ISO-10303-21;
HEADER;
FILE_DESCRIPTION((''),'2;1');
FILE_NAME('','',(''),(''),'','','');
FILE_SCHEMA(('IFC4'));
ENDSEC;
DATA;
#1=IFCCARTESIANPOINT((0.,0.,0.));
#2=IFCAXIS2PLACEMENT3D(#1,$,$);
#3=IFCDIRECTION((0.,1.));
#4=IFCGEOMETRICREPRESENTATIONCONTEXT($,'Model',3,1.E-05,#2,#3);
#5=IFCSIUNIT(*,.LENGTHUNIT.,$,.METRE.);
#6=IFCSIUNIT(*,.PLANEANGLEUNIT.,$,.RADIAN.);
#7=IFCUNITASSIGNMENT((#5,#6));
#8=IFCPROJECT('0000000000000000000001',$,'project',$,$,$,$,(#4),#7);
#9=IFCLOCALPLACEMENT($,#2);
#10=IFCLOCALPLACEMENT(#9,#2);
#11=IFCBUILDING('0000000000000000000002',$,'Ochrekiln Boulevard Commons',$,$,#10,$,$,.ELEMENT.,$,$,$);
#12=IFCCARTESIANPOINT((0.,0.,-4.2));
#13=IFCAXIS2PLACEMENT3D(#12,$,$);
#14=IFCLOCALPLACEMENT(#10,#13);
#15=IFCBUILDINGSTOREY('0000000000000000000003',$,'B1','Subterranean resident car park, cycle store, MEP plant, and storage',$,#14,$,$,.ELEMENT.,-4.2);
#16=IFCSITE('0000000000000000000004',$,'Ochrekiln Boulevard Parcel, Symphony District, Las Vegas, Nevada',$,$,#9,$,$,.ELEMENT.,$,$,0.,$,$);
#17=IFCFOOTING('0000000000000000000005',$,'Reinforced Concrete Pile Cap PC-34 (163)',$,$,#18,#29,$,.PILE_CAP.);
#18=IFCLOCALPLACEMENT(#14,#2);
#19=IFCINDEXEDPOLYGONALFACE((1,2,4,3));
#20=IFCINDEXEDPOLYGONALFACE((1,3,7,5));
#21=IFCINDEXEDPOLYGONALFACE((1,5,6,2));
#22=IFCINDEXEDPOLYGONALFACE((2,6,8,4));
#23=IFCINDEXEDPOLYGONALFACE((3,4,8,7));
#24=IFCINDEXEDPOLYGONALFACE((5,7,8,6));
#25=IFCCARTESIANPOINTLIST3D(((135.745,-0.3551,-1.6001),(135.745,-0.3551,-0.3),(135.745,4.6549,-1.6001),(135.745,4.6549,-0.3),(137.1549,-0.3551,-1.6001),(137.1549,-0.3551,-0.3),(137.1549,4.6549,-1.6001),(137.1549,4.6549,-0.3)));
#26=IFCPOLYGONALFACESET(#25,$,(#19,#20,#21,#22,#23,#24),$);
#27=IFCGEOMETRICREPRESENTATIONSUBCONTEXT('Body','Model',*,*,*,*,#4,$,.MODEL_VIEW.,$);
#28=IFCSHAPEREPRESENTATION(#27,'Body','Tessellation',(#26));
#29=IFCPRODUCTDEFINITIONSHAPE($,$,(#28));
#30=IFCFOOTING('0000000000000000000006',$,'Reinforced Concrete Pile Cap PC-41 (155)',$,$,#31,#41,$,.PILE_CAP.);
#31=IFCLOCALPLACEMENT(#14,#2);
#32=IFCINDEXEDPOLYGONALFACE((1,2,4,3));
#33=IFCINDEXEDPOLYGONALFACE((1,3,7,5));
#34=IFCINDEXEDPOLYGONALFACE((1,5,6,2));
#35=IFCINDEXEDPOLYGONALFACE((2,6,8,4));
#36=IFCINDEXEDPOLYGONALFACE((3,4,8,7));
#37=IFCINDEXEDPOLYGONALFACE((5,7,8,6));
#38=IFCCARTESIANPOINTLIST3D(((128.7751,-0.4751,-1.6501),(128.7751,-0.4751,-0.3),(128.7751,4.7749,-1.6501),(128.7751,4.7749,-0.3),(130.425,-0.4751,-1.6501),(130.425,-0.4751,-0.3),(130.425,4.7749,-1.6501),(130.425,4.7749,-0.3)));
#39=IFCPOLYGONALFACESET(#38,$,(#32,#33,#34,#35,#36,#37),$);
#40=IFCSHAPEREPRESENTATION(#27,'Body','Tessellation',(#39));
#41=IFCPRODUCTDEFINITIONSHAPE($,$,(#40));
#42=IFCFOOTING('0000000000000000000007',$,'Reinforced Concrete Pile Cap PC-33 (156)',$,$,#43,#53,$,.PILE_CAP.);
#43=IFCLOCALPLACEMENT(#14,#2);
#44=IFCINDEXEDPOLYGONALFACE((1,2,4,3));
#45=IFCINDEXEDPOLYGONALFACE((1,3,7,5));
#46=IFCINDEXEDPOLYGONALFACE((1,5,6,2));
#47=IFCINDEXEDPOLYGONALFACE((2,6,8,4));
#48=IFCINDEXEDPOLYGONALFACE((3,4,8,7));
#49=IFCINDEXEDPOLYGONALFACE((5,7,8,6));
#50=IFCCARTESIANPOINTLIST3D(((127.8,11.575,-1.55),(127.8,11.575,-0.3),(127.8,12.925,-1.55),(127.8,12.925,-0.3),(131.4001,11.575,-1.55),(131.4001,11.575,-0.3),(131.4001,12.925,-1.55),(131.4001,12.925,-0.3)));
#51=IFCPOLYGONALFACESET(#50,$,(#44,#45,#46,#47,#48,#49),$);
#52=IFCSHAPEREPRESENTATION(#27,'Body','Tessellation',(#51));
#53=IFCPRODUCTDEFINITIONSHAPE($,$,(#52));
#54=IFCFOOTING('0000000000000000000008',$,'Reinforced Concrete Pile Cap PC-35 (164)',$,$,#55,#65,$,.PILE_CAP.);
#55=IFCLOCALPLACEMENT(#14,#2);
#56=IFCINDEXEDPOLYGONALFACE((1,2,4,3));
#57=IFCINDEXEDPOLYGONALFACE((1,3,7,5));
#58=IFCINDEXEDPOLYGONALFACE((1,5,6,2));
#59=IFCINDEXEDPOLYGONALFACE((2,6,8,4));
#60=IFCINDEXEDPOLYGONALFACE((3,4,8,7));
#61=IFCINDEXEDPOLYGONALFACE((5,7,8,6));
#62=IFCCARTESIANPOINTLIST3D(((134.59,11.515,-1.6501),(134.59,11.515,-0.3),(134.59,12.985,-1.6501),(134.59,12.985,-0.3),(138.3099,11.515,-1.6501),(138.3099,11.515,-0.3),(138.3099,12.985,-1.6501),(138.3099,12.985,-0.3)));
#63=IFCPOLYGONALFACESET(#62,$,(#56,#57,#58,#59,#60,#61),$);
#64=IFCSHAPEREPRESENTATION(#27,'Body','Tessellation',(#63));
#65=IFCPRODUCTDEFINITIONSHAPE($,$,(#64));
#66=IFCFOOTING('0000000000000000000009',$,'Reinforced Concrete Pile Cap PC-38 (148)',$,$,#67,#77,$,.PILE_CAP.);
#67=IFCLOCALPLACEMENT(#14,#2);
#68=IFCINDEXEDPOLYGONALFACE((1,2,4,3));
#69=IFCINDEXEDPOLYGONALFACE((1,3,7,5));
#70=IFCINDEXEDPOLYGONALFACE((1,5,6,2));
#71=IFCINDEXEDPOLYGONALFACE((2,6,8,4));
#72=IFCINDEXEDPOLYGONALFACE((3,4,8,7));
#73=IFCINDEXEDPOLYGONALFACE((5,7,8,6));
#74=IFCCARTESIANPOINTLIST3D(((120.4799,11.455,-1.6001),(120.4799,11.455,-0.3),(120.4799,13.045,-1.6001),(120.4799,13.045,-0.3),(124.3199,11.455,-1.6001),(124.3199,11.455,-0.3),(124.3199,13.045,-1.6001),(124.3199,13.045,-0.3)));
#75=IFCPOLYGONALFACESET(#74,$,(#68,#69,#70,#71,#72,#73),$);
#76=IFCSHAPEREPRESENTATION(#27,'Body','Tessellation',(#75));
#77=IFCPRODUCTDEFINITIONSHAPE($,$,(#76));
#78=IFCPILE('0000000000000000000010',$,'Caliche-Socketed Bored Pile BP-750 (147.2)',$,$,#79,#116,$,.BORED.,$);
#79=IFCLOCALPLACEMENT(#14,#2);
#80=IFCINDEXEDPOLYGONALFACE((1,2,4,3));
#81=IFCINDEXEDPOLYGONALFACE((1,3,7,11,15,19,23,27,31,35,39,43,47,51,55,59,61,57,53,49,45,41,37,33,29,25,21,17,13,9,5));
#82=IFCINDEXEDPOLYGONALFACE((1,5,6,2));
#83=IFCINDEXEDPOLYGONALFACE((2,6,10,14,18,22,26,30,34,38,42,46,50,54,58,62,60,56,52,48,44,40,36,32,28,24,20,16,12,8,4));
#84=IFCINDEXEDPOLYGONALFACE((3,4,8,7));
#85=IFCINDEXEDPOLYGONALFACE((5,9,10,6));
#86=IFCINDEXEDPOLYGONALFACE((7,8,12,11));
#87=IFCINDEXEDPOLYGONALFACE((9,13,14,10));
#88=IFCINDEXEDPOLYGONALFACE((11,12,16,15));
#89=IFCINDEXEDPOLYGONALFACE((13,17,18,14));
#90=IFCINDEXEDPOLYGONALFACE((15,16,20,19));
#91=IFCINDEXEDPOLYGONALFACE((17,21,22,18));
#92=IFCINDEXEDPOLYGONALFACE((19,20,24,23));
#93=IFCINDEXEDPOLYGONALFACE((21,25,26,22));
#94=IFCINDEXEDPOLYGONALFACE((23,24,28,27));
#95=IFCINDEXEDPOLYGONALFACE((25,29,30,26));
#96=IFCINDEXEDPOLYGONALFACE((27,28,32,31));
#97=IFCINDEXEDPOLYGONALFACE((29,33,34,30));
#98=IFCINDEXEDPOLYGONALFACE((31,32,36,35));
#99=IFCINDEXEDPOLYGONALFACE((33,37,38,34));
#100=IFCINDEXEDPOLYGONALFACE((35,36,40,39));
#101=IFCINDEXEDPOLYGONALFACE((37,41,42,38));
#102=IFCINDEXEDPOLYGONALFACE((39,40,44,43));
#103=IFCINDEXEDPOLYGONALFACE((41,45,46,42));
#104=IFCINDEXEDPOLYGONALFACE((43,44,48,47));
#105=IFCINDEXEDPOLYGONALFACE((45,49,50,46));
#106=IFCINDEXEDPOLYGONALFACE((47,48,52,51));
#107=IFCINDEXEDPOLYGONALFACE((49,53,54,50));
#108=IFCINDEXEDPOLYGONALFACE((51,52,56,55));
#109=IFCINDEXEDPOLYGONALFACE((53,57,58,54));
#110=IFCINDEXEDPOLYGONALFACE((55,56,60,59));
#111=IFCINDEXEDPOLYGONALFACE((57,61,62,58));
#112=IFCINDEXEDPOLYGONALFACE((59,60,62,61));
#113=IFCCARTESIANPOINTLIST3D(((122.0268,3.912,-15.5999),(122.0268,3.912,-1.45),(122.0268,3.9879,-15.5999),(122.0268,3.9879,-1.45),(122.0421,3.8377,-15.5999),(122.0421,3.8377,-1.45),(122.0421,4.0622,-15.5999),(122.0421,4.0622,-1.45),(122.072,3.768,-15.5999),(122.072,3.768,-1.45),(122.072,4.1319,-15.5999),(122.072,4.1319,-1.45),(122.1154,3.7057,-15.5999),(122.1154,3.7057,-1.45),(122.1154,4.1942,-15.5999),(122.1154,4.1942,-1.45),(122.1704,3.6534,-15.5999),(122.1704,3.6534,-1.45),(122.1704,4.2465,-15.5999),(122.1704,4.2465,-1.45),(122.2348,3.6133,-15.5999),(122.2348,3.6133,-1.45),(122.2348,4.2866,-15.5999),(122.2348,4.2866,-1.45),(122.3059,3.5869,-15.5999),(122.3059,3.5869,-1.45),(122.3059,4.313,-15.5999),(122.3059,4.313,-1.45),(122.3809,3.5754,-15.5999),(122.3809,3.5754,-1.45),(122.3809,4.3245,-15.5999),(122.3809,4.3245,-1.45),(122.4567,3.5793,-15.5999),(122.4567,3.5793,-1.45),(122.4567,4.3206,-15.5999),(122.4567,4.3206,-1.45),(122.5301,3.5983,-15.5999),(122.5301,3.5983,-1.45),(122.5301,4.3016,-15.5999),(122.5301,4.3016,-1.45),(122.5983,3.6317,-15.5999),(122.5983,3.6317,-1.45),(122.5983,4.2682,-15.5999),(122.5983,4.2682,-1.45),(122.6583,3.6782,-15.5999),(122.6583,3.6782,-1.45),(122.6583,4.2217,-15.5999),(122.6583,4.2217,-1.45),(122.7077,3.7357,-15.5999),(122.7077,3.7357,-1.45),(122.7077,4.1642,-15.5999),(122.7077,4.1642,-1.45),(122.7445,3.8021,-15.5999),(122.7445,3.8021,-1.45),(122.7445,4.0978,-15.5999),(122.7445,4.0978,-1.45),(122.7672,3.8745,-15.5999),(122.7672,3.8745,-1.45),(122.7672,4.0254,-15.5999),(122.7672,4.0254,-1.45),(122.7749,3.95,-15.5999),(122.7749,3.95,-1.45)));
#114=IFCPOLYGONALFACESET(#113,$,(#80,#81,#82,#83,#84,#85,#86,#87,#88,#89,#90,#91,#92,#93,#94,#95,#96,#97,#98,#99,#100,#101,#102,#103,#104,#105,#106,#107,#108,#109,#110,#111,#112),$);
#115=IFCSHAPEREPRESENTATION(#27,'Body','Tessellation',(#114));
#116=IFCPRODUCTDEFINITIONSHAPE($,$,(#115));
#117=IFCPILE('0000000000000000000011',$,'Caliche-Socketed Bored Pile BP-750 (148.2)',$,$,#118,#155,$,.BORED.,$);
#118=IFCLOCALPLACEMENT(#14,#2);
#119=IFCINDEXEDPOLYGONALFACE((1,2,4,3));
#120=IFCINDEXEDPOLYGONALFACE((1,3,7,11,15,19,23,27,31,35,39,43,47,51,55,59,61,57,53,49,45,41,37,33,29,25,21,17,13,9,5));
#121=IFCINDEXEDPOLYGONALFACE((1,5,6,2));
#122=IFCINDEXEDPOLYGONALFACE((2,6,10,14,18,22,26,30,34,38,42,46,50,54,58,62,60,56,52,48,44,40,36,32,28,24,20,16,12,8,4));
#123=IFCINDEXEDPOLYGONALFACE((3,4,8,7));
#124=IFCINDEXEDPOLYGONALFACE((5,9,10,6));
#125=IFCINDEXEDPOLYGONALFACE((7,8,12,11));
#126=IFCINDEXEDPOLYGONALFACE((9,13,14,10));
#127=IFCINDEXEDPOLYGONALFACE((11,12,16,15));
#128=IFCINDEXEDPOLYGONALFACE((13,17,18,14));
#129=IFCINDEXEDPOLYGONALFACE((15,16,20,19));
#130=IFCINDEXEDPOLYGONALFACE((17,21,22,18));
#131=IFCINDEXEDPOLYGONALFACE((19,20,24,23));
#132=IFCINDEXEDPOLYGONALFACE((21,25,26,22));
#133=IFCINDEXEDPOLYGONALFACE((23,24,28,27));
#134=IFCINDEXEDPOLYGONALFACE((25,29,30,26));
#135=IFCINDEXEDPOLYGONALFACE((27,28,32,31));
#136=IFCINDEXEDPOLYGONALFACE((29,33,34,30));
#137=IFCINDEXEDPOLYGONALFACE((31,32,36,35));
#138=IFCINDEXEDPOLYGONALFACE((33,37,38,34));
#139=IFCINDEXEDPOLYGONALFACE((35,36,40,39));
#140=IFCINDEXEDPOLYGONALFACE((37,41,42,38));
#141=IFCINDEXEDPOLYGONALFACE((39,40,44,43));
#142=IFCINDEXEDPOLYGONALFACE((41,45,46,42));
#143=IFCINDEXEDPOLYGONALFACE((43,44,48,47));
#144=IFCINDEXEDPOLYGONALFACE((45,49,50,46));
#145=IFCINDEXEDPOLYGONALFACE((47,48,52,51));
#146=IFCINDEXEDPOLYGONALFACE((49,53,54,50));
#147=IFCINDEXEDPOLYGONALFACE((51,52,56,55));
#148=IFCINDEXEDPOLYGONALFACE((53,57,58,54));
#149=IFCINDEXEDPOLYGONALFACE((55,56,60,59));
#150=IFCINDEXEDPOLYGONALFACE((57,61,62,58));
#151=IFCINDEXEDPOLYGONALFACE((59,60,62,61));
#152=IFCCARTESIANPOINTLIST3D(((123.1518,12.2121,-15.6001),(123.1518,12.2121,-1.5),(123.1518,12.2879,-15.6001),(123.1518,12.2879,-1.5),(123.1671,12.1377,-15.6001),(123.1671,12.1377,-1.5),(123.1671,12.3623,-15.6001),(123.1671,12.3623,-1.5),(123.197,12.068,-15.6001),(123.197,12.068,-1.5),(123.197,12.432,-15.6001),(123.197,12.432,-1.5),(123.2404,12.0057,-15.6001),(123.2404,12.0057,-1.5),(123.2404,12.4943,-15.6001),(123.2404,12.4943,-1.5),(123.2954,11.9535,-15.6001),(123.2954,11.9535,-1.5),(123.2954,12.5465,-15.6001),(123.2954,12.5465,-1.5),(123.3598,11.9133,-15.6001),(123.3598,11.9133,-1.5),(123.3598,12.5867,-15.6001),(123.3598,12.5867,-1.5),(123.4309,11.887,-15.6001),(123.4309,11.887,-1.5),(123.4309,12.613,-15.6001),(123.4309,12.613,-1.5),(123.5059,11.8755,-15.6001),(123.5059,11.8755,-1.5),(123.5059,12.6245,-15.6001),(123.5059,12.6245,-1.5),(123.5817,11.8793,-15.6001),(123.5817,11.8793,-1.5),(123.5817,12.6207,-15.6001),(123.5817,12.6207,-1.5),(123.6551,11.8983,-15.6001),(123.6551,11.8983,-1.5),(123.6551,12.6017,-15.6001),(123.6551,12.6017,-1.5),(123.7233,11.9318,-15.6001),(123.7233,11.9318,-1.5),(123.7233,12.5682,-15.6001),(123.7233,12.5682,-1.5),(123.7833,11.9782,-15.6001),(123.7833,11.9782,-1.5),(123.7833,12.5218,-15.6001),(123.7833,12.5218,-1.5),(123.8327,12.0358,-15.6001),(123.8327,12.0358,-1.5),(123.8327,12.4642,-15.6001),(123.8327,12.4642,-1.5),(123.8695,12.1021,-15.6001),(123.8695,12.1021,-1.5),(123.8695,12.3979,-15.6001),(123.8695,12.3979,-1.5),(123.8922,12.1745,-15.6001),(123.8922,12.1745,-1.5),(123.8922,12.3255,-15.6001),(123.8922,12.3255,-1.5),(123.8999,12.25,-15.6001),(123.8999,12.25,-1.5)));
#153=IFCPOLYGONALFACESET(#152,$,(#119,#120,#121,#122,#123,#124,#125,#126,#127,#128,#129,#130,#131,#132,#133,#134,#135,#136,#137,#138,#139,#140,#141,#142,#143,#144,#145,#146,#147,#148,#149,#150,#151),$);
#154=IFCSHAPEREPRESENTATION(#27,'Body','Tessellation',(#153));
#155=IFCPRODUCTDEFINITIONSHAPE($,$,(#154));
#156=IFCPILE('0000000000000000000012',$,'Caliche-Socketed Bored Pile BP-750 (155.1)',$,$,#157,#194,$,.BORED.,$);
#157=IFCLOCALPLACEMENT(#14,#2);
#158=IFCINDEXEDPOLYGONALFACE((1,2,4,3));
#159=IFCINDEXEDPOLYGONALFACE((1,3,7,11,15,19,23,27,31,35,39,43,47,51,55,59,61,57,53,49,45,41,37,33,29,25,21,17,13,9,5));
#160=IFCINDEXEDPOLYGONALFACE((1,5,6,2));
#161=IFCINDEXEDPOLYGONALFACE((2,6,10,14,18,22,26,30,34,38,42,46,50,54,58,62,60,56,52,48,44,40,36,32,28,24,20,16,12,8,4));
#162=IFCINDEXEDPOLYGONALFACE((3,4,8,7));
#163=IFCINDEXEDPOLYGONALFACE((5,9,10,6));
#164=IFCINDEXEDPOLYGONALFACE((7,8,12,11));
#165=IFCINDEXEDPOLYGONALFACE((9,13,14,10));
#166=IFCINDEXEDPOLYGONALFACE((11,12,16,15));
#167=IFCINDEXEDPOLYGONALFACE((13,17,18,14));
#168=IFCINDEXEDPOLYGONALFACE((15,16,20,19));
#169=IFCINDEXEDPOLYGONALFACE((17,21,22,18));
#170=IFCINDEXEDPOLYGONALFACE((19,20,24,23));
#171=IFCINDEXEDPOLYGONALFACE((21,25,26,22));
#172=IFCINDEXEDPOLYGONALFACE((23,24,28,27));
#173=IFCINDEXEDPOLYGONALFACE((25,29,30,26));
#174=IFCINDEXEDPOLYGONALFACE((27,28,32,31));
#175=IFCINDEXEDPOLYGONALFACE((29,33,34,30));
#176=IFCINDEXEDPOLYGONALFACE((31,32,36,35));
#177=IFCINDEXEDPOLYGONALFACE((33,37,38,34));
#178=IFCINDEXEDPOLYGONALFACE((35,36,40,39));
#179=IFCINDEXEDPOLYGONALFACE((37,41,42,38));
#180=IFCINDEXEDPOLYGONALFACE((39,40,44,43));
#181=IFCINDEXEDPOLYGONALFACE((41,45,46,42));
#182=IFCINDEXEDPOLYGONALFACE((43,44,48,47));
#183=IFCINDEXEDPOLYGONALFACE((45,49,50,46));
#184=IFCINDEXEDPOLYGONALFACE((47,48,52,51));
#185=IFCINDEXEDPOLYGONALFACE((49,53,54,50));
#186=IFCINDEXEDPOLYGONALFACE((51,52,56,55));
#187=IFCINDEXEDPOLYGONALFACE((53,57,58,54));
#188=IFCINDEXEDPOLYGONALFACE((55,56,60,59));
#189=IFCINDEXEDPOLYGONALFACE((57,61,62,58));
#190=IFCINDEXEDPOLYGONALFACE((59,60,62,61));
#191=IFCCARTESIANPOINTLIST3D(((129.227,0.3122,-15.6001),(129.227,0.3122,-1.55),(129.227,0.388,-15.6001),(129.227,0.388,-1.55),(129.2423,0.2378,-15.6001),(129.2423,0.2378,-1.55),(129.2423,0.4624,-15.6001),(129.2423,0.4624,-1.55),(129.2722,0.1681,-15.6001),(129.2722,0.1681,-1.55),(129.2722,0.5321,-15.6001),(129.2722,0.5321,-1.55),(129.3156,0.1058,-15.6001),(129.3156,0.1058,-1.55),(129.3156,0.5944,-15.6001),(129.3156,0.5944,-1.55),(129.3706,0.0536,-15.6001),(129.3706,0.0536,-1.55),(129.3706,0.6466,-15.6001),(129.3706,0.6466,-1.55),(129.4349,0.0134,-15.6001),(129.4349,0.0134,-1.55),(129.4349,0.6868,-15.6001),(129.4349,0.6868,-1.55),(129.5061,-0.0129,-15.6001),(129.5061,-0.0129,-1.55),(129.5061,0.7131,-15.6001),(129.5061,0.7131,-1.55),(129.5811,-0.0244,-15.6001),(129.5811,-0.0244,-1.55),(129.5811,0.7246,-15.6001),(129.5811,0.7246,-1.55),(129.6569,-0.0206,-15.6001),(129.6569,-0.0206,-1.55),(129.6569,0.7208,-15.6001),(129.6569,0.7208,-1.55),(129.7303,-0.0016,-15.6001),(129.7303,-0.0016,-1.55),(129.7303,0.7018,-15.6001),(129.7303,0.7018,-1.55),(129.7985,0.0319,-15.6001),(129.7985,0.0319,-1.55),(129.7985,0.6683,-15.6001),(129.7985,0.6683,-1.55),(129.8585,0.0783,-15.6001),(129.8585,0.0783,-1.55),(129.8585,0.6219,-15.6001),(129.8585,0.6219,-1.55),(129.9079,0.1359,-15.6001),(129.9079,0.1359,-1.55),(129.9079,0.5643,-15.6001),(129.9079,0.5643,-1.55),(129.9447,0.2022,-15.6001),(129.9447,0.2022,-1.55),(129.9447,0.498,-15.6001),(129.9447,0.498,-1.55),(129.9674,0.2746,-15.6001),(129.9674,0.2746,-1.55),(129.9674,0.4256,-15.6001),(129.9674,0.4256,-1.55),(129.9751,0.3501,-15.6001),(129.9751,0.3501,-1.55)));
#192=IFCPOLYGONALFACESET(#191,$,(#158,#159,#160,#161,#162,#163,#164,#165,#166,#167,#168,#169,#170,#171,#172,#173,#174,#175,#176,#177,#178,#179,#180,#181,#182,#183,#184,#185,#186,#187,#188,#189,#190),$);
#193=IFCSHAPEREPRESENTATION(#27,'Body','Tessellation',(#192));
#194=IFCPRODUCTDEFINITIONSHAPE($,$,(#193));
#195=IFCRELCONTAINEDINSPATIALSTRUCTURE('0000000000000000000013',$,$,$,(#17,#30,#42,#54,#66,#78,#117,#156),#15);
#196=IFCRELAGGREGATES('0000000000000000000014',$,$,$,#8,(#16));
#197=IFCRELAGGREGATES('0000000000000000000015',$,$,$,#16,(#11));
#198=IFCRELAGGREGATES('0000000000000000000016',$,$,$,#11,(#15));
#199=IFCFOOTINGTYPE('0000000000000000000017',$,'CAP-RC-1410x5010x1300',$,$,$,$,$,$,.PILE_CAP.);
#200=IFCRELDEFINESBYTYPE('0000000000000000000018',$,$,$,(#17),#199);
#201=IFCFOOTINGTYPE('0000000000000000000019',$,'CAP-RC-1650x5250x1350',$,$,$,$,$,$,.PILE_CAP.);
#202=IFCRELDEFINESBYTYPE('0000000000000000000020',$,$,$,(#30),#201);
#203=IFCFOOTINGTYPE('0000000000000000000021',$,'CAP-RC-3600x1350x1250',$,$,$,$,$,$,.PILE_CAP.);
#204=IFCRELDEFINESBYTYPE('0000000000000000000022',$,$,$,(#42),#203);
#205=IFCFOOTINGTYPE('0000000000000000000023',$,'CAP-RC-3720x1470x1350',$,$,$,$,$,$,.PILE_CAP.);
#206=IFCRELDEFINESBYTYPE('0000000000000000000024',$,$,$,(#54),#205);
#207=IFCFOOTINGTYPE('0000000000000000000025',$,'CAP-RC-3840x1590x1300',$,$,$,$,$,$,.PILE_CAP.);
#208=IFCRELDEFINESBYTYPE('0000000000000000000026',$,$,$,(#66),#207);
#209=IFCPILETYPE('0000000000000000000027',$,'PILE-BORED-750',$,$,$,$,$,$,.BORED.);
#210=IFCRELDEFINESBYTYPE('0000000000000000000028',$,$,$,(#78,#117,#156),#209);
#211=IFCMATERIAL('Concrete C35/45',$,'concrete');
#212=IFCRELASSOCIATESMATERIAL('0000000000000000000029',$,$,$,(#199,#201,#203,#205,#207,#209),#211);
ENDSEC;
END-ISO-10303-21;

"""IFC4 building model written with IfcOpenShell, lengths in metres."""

from ifc_helpers import new_model, si_unit, direction, frame, origin, origin_2d, place, context, subcontext, project, spatial, rectangle, circle, extrude, material, material_profile, profile_set, type_object, element, save


model = new_model("IFC4")

# Units and contexts
model_context = context("Model", 3, precision=1e-05, world=origin(), true_north=direction((0.0, 1.0)))
body_context = subcontext(model_context, "Body", "Model", "MODEL_VIEW")
ifc_project = project(units=[si_unit("LENGTHUNIT", "METRE"), si_unit("PLANEANGLEUNIT", "RADIAN")], contexts=[model_context])

# Site, building, storey
site_placement = place(None, origin())
site = spatial("IfcSite", under=ifc_project, at=site_placement, Name="Ochrekiln Boulevard Parcel, Symphony District, Las Vegas, Nevada", CompositionType="ELEMENT", RefElevation=0.0)
building_placement = place(site_placement, origin())
building = spatial("IfcBuilding", under=site, at=building_placement, Name="Ochrekiln Boulevard Commons", CompositionType="ELEMENT")
storey_placement = place(building_placement, frame((0.0, 0.0, -4.2)))
storey = spatial("IfcBuildingStorey", under=building, at=storey_placement, Name="B1", Description="Subterranean resident car park, cycle store, MEP plant, and storage", CompositionType="ELEMENT", Elevation=-4.2)

# Footings
ifc_material_1 = material(Name="Concrete C35/45", Category="concrete")
footing_type_1 = type_object("IfcFootingType", Name="CAP-RC-1410x5010x1300", PredefinedType="PILE_CAP", material=ifc_material_1)
footing_1_placement = place(storey_placement, frame((136.45, 2.1499, -1.6001), z_axis=(0.0, 0.0, 1.0), x_axis=(1.0, 0.0, 0.0)))
element("IfcFooting", 1, at=footing_1_placement, inside=storey, type_object=footing_type_1, Name="Reinforced Concrete Pile Cap PC-34 (163)", PredefinedType="PILE_CAP", context=body_context, shape_type="SweptSolid", body=[
    extrude(rectangle(XDim=1.4099, YDim=5.01, at=origin_2d()), origin(), (0.0, 0.0, 1.0), 1.3),
])
footing_type_2 = type_object("IfcFootingType", Name="CAP-RC-1650x5250x1350", PredefinedType="PILE_CAP", material=ifc_material_1)
footing_2_placement = place(storey_placement, frame((129.6001, 2.1499, -1.6501), z_axis=(0.0, 0.0, 1.0), x_axis=(1.0, 0.0, 0.0)))
element("IfcFooting", 2, at=footing_2_placement, inside=storey, type_object=footing_type_2, Name="Reinforced Concrete Pile Cap PC-41 (155)", PredefinedType="PILE_CAP", context=body_context, shape_type="SweptSolid", body=[
    extrude(rectangle(XDim=1.6499, YDim=5.25, at=origin_2d()), origin(), (0.0, 0.0, 1.0), 1.3501),
])
footing_type_3 = type_object("IfcFootingType", Name="CAP-RC-3600x1350x1250", PredefinedType="PILE_CAP", material=ifc_material_1)
footing_3_placement = place(storey_placement, frame((129.6001, 12.25, -1.55), z_axis=(0.0, 0.0, 1.0), x_axis=(1.0, 0.0, 0.0)))
element("IfcFooting", 3, at=footing_3_placement, inside=storey, type_object=footing_type_3, Name="Reinforced Concrete Pile Cap PC-33 (156)", PredefinedType="PILE_CAP", context=body_context, shape_type="SweptSolid", body=[
    extrude(rectangle(XDim=3.6001, YDim=1.3501, at=origin_2d()), origin(), (0.0, 0.0, 1.0), 1.25),
])
footing_type_4 = type_object("IfcFootingType", Name="CAP-RC-3720x1470x1350", PredefinedType="PILE_CAP", material=ifc_material_1)
footing_4_placement = place(storey_placement, frame((136.45, 12.25, -1.6501), z_axis=(0.0, 0.0, 1.0), x_axis=(1.0, 0.0, 0.0)))
element("IfcFooting", 4, at=footing_4_placement, inside=storey, type_object=footing_type_4, Name="Reinforced Concrete Pile Cap PC-35 (164)", PredefinedType="PILE_CAP", context=body_context, shape_type="SweptSolid", body=[
    extrude(rectangle(XDim=3.72, YDim=1.47, at=origin_2d()), origin(), (0.0, 0.0, 1.0), 1.3501),
])
footing_type_5 = type_object("IfcFootingType", Name="CAP-RC-3840x1590x1300", PredefinedType="PILE_CAP", material=ifc_material_1)
footing_5_placement = place(storey_placement, frame((122.3999, 12.25, -1.6001), z_axis=(0.0, 0.0, 1.0), x_axis=(1.0, 0.0, 0.0)))
element("IfcFooting", 5, at=footing_5_placement, inside=storey, type_object=footing_type_5, Name="Reinforced Concrete Pile Cap PC-38 (148)", PredefinedType="PILE_CAP", context=body_context, shape_type="SweptSolid", body=[
    extrude(rectangle(XDim=3.8401, YDim=1.5901, at=origin_2d()), origin(), (0.0, 0.0, 1.0), 1.3),
])

# Piles
ifc_material_profile_1 = material_profile(ifc_material_1, circle(Radius=0.375, at=origin_2d()), Name="PILE-D750")
ifc_profile_set_1 = profile_set([ifc_material_profile_1], Name="Concrete C35/45")
pile_type = type_object("IfcPileType", Name="PILE-BORED-750", PredefinedType="BORED", material=ifc_profile_set_1)
pile_1_placement = place(storey_placement, frame((122.3999, 3.95, -1.45), z_axis=(0.0, 0.0, -1.0), x_axis=(1.0, 0.0, 0.0)))
element("IfcPile", 6, at=pile_1_placement, inside=storey, type_object=pile_type, Name="Caliche-Socketed Bored Pile BP-750 (147.2)", PredefinedType="BORED", context=body_context, shape_type="SweptSolid", body=[
    extrude(circle(Radius=0.375, at=origin_2d()), origin(), (0.0, 0.0, 1.0), 14.1499),
])
pile_2_placement = place(storey_placement, frame((123.5249, 12.25, -1.5), z_axis=(0.0, 0.0, -1.0), x_axis=(1.0, 0.0, 0.0)))
element("IfcPile", 7, at=pile_2_placement, inside=storey, type_object=pile_type, Name="Caliche-Socketed Bored Pile BP-750 (148.2)", PredefinedType="BORED", context=body_context, shape_type="SweptSolid", body=[
    extrude(circle(Radius=0.375, at=origin_2d()), origin(), (0.0, 0.0, 1.0), 14.1001),
])
for number, where, z_axis, x_axis, name in (
    (8, (129.6001, 0.3501, -1.55), (0.0, 0.0, -1.0), (1.0, 0.0, 0.0), "Caliche-Socketed Bored Pile BP-750 (155.1)"),
):
    element("IfcPile", number, at=place(storey_placement, frame(where, z_axis=z_axis, x_axis=x_axis)), inside=storey, type_object=pile_type, Name=name, PredefinedType="BORED", context=body_context, shape_type="SweptSolid", body=[
        extrude(circle(Radius=0.375, at=origin_2d()), origin(), (0.0, 0.0, 1.0), 14.05),
    ])

save(model, "model.ifc")
